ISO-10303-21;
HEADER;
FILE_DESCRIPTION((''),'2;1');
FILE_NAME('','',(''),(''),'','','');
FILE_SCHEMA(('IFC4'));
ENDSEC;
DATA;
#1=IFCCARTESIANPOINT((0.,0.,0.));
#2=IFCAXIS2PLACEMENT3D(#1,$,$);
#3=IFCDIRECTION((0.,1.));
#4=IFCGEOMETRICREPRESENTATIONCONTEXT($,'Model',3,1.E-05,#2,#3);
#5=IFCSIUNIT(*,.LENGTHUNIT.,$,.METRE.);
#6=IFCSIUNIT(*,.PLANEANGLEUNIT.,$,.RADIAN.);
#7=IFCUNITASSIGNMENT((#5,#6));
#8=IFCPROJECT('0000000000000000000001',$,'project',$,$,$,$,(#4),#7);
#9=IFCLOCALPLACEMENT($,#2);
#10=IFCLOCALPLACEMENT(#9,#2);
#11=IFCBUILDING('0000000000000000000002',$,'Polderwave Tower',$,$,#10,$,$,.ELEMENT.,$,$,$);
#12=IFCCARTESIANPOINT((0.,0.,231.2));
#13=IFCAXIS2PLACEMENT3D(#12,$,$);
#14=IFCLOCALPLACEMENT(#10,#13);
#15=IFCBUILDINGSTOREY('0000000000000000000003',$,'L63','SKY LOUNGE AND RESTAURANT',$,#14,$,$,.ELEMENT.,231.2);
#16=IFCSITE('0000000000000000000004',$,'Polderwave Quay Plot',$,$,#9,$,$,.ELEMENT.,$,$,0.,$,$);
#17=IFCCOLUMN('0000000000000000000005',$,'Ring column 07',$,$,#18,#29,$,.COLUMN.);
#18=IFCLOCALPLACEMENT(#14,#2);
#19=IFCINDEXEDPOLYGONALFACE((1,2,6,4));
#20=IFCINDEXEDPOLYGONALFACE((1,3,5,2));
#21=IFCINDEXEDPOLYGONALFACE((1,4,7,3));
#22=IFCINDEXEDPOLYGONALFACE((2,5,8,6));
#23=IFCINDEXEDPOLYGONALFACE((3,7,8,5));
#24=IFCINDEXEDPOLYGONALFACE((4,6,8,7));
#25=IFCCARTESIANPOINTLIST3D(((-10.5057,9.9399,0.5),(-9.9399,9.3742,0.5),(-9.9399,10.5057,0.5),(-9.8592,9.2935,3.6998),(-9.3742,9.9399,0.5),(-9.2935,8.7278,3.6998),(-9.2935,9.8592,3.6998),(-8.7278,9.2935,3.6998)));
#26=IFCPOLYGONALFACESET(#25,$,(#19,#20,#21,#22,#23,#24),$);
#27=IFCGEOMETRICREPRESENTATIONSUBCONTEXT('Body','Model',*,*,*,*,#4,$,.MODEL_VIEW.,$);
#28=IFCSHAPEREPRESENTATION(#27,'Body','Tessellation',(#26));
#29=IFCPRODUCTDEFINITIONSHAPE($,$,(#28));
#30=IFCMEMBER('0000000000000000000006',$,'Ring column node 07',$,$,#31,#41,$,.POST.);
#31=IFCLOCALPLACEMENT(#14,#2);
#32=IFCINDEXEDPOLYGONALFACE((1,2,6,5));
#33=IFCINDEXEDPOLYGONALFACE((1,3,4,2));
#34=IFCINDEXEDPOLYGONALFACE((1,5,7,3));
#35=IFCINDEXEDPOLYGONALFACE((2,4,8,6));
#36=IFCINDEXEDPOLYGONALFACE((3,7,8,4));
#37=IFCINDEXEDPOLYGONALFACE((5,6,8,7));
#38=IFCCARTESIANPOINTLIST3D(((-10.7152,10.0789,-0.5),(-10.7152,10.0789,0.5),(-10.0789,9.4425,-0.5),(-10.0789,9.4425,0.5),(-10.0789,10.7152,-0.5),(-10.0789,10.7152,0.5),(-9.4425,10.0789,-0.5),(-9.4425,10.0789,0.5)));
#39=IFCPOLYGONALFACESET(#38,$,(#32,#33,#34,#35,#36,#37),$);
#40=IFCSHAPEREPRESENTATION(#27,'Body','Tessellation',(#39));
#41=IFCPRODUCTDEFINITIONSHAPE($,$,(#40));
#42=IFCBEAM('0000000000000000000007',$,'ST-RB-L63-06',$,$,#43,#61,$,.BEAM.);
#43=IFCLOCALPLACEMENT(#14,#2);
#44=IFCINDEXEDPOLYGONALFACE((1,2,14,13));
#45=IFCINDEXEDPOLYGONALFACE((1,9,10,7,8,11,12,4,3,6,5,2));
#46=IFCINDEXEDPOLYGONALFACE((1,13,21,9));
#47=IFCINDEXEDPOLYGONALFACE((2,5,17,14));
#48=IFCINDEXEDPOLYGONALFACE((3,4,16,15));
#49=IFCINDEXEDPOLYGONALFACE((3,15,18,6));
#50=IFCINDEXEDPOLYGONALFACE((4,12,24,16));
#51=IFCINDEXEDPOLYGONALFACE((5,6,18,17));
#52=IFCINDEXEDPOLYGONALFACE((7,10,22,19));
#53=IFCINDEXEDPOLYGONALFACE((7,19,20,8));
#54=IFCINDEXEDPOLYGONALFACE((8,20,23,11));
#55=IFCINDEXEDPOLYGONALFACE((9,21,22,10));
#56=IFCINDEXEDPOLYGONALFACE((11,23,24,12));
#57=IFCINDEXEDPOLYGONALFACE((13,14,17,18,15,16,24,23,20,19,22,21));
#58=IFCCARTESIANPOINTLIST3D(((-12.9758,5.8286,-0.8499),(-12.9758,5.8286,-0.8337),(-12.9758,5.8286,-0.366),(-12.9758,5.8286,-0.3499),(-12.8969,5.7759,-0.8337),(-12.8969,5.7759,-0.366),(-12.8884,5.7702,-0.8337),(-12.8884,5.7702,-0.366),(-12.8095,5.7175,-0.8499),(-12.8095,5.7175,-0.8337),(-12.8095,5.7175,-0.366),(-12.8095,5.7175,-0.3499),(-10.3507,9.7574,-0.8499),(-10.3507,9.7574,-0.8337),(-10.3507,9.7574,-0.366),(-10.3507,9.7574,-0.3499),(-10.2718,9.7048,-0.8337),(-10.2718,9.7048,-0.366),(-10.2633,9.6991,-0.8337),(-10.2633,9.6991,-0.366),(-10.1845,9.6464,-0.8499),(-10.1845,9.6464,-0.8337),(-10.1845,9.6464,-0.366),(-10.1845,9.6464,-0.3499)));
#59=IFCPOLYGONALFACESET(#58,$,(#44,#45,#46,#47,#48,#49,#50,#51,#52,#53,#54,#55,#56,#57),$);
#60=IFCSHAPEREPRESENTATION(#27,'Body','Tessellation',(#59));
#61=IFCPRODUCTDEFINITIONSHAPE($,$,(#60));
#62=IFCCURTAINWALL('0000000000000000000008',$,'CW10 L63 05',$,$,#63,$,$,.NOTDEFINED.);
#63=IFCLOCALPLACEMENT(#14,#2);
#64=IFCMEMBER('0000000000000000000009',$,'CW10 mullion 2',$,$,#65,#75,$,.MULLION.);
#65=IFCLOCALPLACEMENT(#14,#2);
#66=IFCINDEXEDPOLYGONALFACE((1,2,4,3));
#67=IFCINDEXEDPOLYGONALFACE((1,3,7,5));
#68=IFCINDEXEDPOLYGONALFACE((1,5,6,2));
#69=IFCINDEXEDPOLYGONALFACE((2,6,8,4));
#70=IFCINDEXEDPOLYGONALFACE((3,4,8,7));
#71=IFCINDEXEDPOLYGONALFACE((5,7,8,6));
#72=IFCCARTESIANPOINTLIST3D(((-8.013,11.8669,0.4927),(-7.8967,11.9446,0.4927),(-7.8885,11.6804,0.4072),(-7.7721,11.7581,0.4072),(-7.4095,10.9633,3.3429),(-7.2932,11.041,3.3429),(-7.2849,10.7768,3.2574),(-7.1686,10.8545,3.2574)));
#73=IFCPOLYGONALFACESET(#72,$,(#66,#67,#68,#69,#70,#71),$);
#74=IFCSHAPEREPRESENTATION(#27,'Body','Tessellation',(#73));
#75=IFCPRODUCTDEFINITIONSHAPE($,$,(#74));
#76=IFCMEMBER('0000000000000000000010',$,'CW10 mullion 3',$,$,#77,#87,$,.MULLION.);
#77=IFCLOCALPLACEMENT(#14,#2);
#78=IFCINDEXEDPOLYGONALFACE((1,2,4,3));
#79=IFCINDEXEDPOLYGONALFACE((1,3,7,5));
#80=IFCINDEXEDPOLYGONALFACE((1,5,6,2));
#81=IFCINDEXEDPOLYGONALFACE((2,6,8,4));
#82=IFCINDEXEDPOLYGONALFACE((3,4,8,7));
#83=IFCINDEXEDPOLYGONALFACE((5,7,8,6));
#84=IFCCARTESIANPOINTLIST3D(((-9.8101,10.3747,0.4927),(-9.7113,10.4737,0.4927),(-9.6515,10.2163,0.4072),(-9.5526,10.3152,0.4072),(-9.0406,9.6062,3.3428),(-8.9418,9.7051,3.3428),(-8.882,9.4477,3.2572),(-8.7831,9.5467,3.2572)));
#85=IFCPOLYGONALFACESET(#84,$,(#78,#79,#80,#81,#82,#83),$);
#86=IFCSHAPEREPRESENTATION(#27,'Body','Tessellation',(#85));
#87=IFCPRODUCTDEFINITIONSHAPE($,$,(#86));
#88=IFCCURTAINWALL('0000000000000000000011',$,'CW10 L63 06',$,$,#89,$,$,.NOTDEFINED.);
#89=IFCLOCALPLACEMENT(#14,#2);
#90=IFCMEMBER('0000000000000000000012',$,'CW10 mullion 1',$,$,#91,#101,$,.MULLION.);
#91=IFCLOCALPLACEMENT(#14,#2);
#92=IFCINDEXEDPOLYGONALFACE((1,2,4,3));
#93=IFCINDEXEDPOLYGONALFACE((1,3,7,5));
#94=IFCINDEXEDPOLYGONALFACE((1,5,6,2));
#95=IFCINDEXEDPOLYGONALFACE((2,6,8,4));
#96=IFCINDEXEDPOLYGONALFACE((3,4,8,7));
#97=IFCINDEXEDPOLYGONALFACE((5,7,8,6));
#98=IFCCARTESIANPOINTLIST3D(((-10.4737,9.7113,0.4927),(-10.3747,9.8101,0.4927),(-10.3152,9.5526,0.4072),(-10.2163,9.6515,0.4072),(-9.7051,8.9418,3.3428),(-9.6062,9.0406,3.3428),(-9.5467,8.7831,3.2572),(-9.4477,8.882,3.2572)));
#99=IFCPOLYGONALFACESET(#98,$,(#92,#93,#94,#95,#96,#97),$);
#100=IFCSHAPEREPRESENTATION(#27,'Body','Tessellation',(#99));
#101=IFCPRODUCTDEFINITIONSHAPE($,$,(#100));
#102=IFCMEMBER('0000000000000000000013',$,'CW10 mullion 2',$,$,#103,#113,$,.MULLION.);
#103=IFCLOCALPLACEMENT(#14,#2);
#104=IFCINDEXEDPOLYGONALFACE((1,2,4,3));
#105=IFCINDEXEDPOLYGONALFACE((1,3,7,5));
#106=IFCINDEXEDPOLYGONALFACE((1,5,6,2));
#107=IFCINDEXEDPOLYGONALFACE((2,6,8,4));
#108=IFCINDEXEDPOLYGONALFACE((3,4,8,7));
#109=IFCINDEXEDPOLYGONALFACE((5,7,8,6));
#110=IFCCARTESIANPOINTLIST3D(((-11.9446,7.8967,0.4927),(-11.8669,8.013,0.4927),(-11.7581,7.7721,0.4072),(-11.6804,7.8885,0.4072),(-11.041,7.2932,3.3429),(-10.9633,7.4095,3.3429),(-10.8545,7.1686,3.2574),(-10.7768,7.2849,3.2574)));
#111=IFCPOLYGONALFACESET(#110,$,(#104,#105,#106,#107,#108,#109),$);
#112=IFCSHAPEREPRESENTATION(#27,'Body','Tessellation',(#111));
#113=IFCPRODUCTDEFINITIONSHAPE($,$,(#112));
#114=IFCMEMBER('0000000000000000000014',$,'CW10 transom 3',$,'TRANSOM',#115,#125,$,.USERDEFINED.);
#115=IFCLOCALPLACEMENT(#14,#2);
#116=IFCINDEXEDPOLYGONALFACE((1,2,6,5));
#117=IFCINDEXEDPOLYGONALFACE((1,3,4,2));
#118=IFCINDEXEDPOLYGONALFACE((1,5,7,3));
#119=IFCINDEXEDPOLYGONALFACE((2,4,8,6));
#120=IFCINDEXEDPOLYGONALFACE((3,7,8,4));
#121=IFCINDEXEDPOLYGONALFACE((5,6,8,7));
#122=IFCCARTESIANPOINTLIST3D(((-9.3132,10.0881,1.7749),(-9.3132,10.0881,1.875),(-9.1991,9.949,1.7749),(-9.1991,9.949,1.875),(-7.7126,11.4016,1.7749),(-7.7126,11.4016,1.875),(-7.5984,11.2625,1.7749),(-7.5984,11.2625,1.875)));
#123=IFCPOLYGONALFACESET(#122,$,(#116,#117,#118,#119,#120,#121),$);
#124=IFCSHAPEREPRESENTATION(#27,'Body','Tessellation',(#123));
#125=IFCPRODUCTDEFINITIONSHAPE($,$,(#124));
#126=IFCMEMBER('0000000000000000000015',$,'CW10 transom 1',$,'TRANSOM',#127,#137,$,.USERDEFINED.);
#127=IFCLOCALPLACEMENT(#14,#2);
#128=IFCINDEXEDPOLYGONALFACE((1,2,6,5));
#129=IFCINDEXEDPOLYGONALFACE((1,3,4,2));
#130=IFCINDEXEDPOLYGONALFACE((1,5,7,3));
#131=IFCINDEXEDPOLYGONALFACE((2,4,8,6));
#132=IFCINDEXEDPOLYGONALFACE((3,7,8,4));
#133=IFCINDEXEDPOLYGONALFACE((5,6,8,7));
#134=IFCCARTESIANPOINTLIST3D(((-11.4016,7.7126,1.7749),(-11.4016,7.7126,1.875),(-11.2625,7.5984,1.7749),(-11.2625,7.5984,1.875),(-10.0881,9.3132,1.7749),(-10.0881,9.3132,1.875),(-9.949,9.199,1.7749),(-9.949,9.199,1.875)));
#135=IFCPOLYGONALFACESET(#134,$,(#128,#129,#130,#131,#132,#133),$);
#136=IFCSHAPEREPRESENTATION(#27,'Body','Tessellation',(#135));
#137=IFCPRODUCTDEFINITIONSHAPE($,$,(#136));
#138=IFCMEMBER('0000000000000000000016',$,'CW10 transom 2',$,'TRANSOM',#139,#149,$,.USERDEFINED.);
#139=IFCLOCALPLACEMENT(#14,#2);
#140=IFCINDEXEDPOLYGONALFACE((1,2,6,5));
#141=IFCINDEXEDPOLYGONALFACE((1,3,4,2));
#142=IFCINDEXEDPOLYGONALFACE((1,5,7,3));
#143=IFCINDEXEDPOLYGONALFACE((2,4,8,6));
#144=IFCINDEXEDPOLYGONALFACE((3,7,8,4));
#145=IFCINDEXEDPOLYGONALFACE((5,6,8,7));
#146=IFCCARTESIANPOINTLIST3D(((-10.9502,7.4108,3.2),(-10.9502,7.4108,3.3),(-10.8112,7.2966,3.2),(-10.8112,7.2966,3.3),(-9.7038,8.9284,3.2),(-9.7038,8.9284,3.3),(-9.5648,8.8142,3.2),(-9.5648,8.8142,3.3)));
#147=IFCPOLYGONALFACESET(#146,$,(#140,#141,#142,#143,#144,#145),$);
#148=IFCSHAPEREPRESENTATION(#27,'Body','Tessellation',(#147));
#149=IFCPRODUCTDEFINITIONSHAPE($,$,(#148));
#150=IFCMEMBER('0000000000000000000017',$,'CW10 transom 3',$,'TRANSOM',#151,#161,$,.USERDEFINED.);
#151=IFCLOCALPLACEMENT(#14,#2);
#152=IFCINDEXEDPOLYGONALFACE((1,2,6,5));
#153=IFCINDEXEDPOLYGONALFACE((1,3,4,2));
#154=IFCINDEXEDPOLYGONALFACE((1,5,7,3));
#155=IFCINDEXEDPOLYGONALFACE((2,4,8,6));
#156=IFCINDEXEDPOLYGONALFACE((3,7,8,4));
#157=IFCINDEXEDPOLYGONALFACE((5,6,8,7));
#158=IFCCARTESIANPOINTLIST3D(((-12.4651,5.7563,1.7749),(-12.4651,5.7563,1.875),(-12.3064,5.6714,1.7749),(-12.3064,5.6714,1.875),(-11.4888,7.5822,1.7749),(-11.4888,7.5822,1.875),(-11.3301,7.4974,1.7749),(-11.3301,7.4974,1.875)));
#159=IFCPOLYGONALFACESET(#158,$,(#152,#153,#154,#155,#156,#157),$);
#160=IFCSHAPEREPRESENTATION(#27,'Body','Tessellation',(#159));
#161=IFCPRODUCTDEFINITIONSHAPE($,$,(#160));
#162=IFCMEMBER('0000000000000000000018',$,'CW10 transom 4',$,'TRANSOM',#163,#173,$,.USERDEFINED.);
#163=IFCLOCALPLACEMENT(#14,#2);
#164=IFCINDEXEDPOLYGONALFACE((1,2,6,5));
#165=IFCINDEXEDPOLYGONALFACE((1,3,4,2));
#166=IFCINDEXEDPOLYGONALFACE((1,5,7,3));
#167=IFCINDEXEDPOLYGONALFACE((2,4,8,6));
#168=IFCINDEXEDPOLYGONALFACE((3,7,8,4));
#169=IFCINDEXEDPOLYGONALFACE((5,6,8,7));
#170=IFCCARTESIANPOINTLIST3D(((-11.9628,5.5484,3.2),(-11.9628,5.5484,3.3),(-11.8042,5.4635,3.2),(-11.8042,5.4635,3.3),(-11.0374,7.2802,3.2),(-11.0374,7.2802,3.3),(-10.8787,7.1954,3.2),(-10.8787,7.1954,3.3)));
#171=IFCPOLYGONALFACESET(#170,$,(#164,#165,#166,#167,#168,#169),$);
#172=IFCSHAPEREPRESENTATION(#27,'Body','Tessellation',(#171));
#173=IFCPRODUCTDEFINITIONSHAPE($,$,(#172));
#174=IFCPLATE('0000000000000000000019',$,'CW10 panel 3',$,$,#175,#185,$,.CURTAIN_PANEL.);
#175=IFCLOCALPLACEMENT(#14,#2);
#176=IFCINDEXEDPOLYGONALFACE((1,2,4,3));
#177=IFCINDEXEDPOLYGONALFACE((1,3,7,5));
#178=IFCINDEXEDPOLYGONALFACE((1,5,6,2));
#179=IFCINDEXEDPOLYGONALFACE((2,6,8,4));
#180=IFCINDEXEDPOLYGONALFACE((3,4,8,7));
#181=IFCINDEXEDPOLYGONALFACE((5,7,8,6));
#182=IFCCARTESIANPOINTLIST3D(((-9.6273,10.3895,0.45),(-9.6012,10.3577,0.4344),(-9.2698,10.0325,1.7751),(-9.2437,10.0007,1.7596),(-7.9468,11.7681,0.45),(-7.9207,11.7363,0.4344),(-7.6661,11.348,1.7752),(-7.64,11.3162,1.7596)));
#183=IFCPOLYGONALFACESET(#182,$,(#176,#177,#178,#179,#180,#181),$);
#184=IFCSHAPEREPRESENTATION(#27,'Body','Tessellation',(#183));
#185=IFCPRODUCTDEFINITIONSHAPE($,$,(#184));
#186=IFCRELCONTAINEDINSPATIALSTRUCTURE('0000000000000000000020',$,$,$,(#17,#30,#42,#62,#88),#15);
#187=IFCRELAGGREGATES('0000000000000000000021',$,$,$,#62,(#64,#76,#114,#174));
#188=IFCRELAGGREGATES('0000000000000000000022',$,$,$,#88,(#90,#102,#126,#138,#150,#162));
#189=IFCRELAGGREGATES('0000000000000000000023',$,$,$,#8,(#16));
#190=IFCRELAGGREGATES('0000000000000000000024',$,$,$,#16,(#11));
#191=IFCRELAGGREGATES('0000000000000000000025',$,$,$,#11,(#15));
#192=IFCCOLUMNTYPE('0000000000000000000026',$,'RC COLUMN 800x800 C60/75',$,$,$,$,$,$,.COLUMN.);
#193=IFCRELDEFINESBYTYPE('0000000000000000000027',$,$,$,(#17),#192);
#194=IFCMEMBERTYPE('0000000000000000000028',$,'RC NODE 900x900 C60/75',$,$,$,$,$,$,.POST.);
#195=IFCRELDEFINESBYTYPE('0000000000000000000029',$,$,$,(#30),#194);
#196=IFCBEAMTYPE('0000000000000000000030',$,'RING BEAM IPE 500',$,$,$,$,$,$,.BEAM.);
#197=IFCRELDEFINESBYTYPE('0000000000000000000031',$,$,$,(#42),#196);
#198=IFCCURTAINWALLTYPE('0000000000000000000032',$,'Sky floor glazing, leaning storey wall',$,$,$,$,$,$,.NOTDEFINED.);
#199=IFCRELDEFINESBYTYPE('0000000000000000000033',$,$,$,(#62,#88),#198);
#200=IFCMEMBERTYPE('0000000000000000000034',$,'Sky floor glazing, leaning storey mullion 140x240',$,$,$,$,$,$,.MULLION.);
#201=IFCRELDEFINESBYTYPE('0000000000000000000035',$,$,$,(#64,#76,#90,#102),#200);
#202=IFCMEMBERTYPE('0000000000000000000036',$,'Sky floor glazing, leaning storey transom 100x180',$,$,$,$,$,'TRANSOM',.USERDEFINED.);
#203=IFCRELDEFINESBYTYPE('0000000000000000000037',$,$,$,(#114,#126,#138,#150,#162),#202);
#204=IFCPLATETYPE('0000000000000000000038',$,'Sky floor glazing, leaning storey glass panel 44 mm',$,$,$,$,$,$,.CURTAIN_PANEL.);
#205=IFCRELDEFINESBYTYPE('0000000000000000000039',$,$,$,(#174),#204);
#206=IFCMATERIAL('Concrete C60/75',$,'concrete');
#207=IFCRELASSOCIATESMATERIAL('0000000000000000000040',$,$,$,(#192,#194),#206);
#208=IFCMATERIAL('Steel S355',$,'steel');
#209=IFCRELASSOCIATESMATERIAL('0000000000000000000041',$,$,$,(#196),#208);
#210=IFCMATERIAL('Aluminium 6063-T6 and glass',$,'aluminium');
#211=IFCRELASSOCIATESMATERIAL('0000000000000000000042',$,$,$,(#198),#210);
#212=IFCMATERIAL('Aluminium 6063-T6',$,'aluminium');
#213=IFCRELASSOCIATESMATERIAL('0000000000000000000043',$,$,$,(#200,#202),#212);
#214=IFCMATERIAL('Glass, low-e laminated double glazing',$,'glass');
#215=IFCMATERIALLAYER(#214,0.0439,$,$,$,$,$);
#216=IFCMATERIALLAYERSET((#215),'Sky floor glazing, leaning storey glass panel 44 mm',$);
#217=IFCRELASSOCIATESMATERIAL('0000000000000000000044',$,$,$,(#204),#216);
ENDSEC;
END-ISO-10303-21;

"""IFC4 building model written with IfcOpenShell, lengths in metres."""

from ifc_helpers import new_model, si_unit, direction, frame, origin, origin_2d, place, context, subcontext, project, spatial, polyline, rectangle, i_section, outline, extrude, material, layer, layer_set, material_profile, profile_set, type_object, element, aggregate, save


model = new_model("IFC4")

# Units and contexts
model_context = context("Model", 3, precision=1e-05, world=origin(), true_north=direction((0.0, 1.0)))
body_context = subcontext(model_context, "Body", "Model", "MODEL_VIEW")
ifc_project = project(units=[si_unit("LENGTHUNIT", "METRE"), si_unit("PLANEANGLEUNIT", "RADIAN")], contexts=[model_context])

# Site, building, storey
site_placement = place(None, origin())
site = spatial("IfcSite", under=ifc_project, at=site_placement, Name="Polderwave Quay Plot", CompositionType="ELEMENT", RefElevation=0.0)
building_placement = place(site_placement, origin())
building = spatial("IfcBuilding", under=site, at=building_placement, Name="Polderwave Tower", CompositionType="ELEMENT")
storey_placement = place(building_placement, frame((0.0, 0.0, 231.2)))
storey = spatial("IfcBuildingStorey", under=building, at=storey_placement, Name="L63", Description="SKY LOUNGE AND RESTAURANT", CompositionType="ELEMENT", Elevation=231.2)

# Column
ifc_material_1 = material(Name="Concrete C60/75", Category="concrete")
ifc_material_profile_1 = material_profile(ifc_material_1, rectangle(XDim=0.8, YDim=0.8, at=origin_2d()), Name="RC 800x800")
ifc_profile_set_1 = profile_set([ifc_material_profile_1], Name="Concrete C60/75")
column_type = type_object("IfcColumnType", Name="RC COLUMN 800x800 C60/75", PredefinedType="COLUMN", material=ifc_profile_set_1)
column_placement = place(storey_placement, frame((-9.9399, 9.9399, 0.5), z_axis=(0.0, 0.0, 1.0), x_axis=(0.707107, 0.707107, 0.0)))
element("IfcColumn", 1, at=column_placement, inside=storey, type_object=column_type, Name="Ring column 07", PredefinedType="COLUMN", context=body_context, shape_type="SweptSolid", body=[
    extrude(rectangle(XDim=0.8, YDim=0.8, at=origin_2d()), origin(), (0.0, -0.27472, 0.961524), 3.3279),
])

# Member
ifc_material_profile_2 = material_profile(ifc_material_1, rectangle(XDim=0.8999, YDim=0.8999, at=origin_2d()), Name="RC 900x900")
ifc_profile_set_2 = profile_set([ifc_material_profile_2], Name="Concrete C60/75")
member_type_1 = type_object("IfcMemberType", Name="RC NODE 900x900 C60/75", PredefinedType="POST", material=ifc_profile_set_2)
member_1_placement = place(storey_placement, frame((-10.0789, 10.0789, -0.5), z_axis=(0.0, 0.0, 1.0), x_axis=(-0.707107, 0.707107, 0.0)))
element("IfcMember", 2, at=member_1_placement, inside=storey, type_object=member_type_1, Name="Ring column node 07", PredefinedType="POST", context=body_context, shape_type="SweptSolid", body=[
    extrude(rectangle(XDim=0.8999, YDim=0.8999, at=origin_2d()), origin(), (0.0, 0.0, 1.0), 1.0),
])

# Beam
ifc_material_2 = material(Name="Steel S355", Category="steel")
ifc_material_profile_3 = material_profile(ifc_material_2, i_section(OverallWidth=0.2, OverallDepth=0.5, WebThickness=0.0103, FlangeThickness=0.0161, at=origin_2d()), Name="IPE 500")
ifc_profile_set_3 = profile_set([ifc_material_profile_3], Name="Steel S355")
beam_type = type_object("IfcBeamType", Name="RING BEAM IPE 500", PredefinedType="BEAM", material=ifc_profile_set_3)
beam_placement = place(storey_placement, frame((-10.2676, 9.7019, -0.5999), z_axis=(-0.555558, -0.831478, 0.0), x_axis=(0.831478, -0.555558, 0.0)))
element("IfcBeam", 3, at=beam_placement, inside=storey, type_object=beam_type, Name="ST-RB-L63-06", PredefinedType="BEAM", context=body_context, shape_type="SweptSolid", body=[
    extrude(i_section(OverallWidth=0.2, OverallDepth=0.5, WebThickness=0.0103, FlangeThickness=0.0161, at=origin_2d()), origin(), (0.0, 0.0, 1.0), 4.7251),
])

# Curtain walls, members
ifc_material_3 = material(Name="Aluminium 6063-T6 and glass", Category="aluminium")
curtain_wall_type = type_object("IfcCurtainWallType", Name="Sky floor glazing, leaning storey wall", PredefinedType="NOTDEFINED", material=ifc_material_3)
curtain_wall_1_placement = place(storey_placement, origin())
curtain_wall_1 = element("IfcCurtainWall", 4, at=curtain_wall_1_placement, inside=storey, type_object=curtain_wall_type, Name="CW10 L63 05", PredefinedType="NOTDEFINED")
ifc_material_4 = material(Name="Aluminium 6063-T6", Category="aluminium")
ifc_material_profile_4 = material_profile(ifc_material_4, rectangle(XDim=0.1399, YDim=0.24, at=origin_2d()), Name="AL 140x240")
ifc_profile_set_4 = profile_set([ifc_material_profile_4], Name="Aluminium 6063-T6")
member_type_2 = type_object("IfcMemberType", Name="Sky floor glazing, leaning storey mullion 140x240", PredefinedType="MULLION", material=ifc_profile_set_4)
member_2_placement = place(storey_placement, frame((-7.8926, 11.8125, 0.45), z_axis=(0.197861, -0.296231, 0.934397), x_axis=(0.831566, 0.555426, 0.0)))
member_2 = element("IfcMember", 5, at=member_2_placement, type_object=member_type_2, Name="CW10 mullion 2", PredefinedType="MULLION", context=body_context, shape_type="SweptSolid", body=[
    extrude(rectangle(XDim=0.1399, YDim=0.24, at=origin_2d()), origin(), (0.0, 0.0, 1.0), 3.0503),
])
member_3_placement = place(storey_placement, frame((-9.6814, 10.345, 0.45), z_axis=(0.252259, -0.251939, 0.934287), x_axis=(0.706658, 0.707556, 0.0)))
member_3 = element("IfcMember", 6, at=member_3_placement, type_object=member_type_2, Name="CW10 mullion 3", PredefinedType="MULLION", context=body_context, shape_type="SweptSolid", body=[
    extrude(rectangle(XDim=0.1399, YDim=0.24, at=origin_2d()), origin(), (0.0, 0.0, 1.0), 3.0505),
])
curtain_wall_2_placement = place(storey_placement, origin())
curtain_wall_2 = element("IfcCurtainWall", 7, at=curtain_wall_2_placement, inside=storey, type_object=curtain_wall_type, Name="CW10 L63 06", PredefinedType="NOTDEFINED")
member_4_placement = place(storey_placement, frame((-10.345, 9.6814, 0.45), z_axis=(0.251939, -0.252259, 0.934287), x_axis=(0.707556, 0.706658, 0.0)))
member_4 = element("IfcMember", 8, at=member_4_placement, type_object=member_type_2, Name="CW10 mullion 1", PredefinedType="MULLION", context=body_context, shape_type="SweptSolid", body=[
    extrude(rectangle(XDim=0.1399, YDim=0.24, at=origin_2d()), origin(), (0.0, 0.0, 1.0), 3.0505),
])
member_5_placement = place(storey_placement, frame((-11.8125, 7.8926, 0.45), z_axis=(0.296231, -0.197861, 0.934397), x_axis=(0.555426, 0.831566, 0.0)))
member_5 = element("IfcMember", 9, at=member_5_placement, type_object=member_type_2, Name="CW10 mullion 2", PredefinedType="MULLION", context=body_context, shape_type="SweptSolid", body=[
    extrude(rectangle(XDim=0.1399, YDim=0.24, at=origin_2d()), origin(), (0.0, 0.0, 1.0), 3.0503),
])

# Members
ifc_material_profile_5 = material_profile(ifc_material_4, rectangle(XDim=0.1799, YDim=0.1001, at=origin_2d()), Name="AL 100x180")
ifc_profile_set_5 = profile_set([ifc_material_profile_5], Name="Aluminium 6063-T6")
member_type_3 = type_object("IfcMemberType", Name="Sky floor glazing, leaning storey transom 100x180", ElementType="TRANSOM", PredefinedType="USERDEFINED", material=ifc_profile_set_5)
member_6_placement = place(storey_placement, frame((-7.6555, 11.332, 1.825), z_axis=(-0.773032, -0.634367, 0.0), x_axis=(0.634367, -0.773032, 0.0)))
member_6 = element("IfcMember", 10, at=member_6_placement, type_object=member_type_3, Name="CW10 transom 3", ObjectType="TRANSOM", PredefinedType="USERDEFINED", context=body_context, shape_type="SweptSolid", body=[
    extrude(rectangle(XDim=0.1799, YDim=0.1001, at=origin_2d()), origin(), (0.0, 0.0, 1.0), 2.0706),
])
member_7_placement = place(storey_placement, frame((-10.0186, 9.2561, 1.825), z_axis=(-0.634367, -0.773032, 0.0), x_axis=(0.773032, -0.634367, 0.0)))
member_7 = element("IfcMember", 11, at=member_7_placement, type_object=member_type_3, Name="CW10 transom 1", ObjectType="TRANSOM", PredefinedType="USERDEFINED", context=body_context, shape_type="SweptSolid", body=[
    extrude(rectangle(XDim=0.1799, YDim=0.1001, at=origin_2d()), origin(), (0.0, 0.0, 1.0), 2.0706),
])
member_8_placement = place(storey_placement, frame((-9.6343, 8.8713, 3.25), z_axis=(-0.634665, -0.772787, 0.0), x_axis=(0.772787, -0.634665, 0.0)))
member_8 = element("IfcMember", 12, at=member_8_placement, type_object=member_type_3, Name="CW10 transom 2", ObjectType="TRANSOM", PredefinedType="USERDEFINED", context=body_context, shape_type="SweptSolid", body=[
    extrude(rectangle(XDim=0.1799, YDim=0.1001, at=origin_2d()), origin(), (0.0, 0.0, 1.0), 1.9639),
])
member_9_placement = place(storey_placement, frame((-11.4094, 7.5398, 1.825), z_axis=(-0.471524, -0.881853, 0.0), x_axis=(0.881853, -0.471524, 0.0)))
member_9 = element("IfcMember", 13, at=member_9_placement, type_object=member_type_3, Name="CW10 transom 3", ObjectType="TRANSOM", PredefinedType="USERDEFINED", context=body_context, shape_type="SweptSolid", body=[
    extrude(rectangle(XDim=0.1799, YDim=0.1001, at=origin_2d()), origin(), (0.0, 0.0, 1.0), 2.0706),
])
member_10_placement = place(storey_placement, frame((-10.958, 7.2378, 3.25), z_axis=(-0.471317, -0.881964, 0.0), x_axis=(0.881964, -0.471317, 0.0)))
member_10 = element("IfcMember", 14, at=member_10_placement, type_object=member_type_3, Name="CW10 transom 4", ObjectType="TRANSOM", PredefinedType="USERDEFINED", context=body_context, shape_type="SweptSolid", body=[
    extrude(rectangle(XDim=0.1799, YDim=0.1001, at=origin_2d()), origin(), (0.0, 0.0, 1.0), 1.9636),
])

# Plate
ifc_material_5 = material(Name="Glass, low-e laminated double glazing", Category="glass")
ifc_layer_1 = layer(ifc_material_5, 0.0439)
ifc_layer_set_1 = layer_set([ifc_layer_1], Name="Sky floor glazing, leaning storey glass panel 44 mm")
plate_type = type_object("IfcPlateType", Name="Sky floor glazing, leaning storey glass panel 44 mm", PredefinedType="CURTAIN_PANEL", material=ifc_layer_set_1)
plate_1_placement = place(storey_placement, frame((-7.9468, 11.7681, 0.45), z_axis=(-0.592985, 0.722866, 0.35473), x_axis=(-0.77314, -0.634235, 0.00002)))
plate_1 = element("IfcPlate", 15, at=plate_1_placement, type_object=plate_type, Name="CW10 panel 3", PredefinedType="CURTAIN_PANEL", context=body_context, shape_type="SweptSolid", body=[
    extrude(outline(polyline([(0.0, 0.0), (2.1736, 0.0), (2.1237, 1.4173), (0.0494, 1.4174), (0.0, 0.0)])), origin(), (0.0, 0.0, -1.0), 0.0439),
])
aggregate(curtain_wall_1, [member_2, member_3, member_6, plate_1])
aggregate(curtain_wall_2, [member_4, member_5, member_7, member_8, member_9, member_10])

save(model, "model.ifc")
